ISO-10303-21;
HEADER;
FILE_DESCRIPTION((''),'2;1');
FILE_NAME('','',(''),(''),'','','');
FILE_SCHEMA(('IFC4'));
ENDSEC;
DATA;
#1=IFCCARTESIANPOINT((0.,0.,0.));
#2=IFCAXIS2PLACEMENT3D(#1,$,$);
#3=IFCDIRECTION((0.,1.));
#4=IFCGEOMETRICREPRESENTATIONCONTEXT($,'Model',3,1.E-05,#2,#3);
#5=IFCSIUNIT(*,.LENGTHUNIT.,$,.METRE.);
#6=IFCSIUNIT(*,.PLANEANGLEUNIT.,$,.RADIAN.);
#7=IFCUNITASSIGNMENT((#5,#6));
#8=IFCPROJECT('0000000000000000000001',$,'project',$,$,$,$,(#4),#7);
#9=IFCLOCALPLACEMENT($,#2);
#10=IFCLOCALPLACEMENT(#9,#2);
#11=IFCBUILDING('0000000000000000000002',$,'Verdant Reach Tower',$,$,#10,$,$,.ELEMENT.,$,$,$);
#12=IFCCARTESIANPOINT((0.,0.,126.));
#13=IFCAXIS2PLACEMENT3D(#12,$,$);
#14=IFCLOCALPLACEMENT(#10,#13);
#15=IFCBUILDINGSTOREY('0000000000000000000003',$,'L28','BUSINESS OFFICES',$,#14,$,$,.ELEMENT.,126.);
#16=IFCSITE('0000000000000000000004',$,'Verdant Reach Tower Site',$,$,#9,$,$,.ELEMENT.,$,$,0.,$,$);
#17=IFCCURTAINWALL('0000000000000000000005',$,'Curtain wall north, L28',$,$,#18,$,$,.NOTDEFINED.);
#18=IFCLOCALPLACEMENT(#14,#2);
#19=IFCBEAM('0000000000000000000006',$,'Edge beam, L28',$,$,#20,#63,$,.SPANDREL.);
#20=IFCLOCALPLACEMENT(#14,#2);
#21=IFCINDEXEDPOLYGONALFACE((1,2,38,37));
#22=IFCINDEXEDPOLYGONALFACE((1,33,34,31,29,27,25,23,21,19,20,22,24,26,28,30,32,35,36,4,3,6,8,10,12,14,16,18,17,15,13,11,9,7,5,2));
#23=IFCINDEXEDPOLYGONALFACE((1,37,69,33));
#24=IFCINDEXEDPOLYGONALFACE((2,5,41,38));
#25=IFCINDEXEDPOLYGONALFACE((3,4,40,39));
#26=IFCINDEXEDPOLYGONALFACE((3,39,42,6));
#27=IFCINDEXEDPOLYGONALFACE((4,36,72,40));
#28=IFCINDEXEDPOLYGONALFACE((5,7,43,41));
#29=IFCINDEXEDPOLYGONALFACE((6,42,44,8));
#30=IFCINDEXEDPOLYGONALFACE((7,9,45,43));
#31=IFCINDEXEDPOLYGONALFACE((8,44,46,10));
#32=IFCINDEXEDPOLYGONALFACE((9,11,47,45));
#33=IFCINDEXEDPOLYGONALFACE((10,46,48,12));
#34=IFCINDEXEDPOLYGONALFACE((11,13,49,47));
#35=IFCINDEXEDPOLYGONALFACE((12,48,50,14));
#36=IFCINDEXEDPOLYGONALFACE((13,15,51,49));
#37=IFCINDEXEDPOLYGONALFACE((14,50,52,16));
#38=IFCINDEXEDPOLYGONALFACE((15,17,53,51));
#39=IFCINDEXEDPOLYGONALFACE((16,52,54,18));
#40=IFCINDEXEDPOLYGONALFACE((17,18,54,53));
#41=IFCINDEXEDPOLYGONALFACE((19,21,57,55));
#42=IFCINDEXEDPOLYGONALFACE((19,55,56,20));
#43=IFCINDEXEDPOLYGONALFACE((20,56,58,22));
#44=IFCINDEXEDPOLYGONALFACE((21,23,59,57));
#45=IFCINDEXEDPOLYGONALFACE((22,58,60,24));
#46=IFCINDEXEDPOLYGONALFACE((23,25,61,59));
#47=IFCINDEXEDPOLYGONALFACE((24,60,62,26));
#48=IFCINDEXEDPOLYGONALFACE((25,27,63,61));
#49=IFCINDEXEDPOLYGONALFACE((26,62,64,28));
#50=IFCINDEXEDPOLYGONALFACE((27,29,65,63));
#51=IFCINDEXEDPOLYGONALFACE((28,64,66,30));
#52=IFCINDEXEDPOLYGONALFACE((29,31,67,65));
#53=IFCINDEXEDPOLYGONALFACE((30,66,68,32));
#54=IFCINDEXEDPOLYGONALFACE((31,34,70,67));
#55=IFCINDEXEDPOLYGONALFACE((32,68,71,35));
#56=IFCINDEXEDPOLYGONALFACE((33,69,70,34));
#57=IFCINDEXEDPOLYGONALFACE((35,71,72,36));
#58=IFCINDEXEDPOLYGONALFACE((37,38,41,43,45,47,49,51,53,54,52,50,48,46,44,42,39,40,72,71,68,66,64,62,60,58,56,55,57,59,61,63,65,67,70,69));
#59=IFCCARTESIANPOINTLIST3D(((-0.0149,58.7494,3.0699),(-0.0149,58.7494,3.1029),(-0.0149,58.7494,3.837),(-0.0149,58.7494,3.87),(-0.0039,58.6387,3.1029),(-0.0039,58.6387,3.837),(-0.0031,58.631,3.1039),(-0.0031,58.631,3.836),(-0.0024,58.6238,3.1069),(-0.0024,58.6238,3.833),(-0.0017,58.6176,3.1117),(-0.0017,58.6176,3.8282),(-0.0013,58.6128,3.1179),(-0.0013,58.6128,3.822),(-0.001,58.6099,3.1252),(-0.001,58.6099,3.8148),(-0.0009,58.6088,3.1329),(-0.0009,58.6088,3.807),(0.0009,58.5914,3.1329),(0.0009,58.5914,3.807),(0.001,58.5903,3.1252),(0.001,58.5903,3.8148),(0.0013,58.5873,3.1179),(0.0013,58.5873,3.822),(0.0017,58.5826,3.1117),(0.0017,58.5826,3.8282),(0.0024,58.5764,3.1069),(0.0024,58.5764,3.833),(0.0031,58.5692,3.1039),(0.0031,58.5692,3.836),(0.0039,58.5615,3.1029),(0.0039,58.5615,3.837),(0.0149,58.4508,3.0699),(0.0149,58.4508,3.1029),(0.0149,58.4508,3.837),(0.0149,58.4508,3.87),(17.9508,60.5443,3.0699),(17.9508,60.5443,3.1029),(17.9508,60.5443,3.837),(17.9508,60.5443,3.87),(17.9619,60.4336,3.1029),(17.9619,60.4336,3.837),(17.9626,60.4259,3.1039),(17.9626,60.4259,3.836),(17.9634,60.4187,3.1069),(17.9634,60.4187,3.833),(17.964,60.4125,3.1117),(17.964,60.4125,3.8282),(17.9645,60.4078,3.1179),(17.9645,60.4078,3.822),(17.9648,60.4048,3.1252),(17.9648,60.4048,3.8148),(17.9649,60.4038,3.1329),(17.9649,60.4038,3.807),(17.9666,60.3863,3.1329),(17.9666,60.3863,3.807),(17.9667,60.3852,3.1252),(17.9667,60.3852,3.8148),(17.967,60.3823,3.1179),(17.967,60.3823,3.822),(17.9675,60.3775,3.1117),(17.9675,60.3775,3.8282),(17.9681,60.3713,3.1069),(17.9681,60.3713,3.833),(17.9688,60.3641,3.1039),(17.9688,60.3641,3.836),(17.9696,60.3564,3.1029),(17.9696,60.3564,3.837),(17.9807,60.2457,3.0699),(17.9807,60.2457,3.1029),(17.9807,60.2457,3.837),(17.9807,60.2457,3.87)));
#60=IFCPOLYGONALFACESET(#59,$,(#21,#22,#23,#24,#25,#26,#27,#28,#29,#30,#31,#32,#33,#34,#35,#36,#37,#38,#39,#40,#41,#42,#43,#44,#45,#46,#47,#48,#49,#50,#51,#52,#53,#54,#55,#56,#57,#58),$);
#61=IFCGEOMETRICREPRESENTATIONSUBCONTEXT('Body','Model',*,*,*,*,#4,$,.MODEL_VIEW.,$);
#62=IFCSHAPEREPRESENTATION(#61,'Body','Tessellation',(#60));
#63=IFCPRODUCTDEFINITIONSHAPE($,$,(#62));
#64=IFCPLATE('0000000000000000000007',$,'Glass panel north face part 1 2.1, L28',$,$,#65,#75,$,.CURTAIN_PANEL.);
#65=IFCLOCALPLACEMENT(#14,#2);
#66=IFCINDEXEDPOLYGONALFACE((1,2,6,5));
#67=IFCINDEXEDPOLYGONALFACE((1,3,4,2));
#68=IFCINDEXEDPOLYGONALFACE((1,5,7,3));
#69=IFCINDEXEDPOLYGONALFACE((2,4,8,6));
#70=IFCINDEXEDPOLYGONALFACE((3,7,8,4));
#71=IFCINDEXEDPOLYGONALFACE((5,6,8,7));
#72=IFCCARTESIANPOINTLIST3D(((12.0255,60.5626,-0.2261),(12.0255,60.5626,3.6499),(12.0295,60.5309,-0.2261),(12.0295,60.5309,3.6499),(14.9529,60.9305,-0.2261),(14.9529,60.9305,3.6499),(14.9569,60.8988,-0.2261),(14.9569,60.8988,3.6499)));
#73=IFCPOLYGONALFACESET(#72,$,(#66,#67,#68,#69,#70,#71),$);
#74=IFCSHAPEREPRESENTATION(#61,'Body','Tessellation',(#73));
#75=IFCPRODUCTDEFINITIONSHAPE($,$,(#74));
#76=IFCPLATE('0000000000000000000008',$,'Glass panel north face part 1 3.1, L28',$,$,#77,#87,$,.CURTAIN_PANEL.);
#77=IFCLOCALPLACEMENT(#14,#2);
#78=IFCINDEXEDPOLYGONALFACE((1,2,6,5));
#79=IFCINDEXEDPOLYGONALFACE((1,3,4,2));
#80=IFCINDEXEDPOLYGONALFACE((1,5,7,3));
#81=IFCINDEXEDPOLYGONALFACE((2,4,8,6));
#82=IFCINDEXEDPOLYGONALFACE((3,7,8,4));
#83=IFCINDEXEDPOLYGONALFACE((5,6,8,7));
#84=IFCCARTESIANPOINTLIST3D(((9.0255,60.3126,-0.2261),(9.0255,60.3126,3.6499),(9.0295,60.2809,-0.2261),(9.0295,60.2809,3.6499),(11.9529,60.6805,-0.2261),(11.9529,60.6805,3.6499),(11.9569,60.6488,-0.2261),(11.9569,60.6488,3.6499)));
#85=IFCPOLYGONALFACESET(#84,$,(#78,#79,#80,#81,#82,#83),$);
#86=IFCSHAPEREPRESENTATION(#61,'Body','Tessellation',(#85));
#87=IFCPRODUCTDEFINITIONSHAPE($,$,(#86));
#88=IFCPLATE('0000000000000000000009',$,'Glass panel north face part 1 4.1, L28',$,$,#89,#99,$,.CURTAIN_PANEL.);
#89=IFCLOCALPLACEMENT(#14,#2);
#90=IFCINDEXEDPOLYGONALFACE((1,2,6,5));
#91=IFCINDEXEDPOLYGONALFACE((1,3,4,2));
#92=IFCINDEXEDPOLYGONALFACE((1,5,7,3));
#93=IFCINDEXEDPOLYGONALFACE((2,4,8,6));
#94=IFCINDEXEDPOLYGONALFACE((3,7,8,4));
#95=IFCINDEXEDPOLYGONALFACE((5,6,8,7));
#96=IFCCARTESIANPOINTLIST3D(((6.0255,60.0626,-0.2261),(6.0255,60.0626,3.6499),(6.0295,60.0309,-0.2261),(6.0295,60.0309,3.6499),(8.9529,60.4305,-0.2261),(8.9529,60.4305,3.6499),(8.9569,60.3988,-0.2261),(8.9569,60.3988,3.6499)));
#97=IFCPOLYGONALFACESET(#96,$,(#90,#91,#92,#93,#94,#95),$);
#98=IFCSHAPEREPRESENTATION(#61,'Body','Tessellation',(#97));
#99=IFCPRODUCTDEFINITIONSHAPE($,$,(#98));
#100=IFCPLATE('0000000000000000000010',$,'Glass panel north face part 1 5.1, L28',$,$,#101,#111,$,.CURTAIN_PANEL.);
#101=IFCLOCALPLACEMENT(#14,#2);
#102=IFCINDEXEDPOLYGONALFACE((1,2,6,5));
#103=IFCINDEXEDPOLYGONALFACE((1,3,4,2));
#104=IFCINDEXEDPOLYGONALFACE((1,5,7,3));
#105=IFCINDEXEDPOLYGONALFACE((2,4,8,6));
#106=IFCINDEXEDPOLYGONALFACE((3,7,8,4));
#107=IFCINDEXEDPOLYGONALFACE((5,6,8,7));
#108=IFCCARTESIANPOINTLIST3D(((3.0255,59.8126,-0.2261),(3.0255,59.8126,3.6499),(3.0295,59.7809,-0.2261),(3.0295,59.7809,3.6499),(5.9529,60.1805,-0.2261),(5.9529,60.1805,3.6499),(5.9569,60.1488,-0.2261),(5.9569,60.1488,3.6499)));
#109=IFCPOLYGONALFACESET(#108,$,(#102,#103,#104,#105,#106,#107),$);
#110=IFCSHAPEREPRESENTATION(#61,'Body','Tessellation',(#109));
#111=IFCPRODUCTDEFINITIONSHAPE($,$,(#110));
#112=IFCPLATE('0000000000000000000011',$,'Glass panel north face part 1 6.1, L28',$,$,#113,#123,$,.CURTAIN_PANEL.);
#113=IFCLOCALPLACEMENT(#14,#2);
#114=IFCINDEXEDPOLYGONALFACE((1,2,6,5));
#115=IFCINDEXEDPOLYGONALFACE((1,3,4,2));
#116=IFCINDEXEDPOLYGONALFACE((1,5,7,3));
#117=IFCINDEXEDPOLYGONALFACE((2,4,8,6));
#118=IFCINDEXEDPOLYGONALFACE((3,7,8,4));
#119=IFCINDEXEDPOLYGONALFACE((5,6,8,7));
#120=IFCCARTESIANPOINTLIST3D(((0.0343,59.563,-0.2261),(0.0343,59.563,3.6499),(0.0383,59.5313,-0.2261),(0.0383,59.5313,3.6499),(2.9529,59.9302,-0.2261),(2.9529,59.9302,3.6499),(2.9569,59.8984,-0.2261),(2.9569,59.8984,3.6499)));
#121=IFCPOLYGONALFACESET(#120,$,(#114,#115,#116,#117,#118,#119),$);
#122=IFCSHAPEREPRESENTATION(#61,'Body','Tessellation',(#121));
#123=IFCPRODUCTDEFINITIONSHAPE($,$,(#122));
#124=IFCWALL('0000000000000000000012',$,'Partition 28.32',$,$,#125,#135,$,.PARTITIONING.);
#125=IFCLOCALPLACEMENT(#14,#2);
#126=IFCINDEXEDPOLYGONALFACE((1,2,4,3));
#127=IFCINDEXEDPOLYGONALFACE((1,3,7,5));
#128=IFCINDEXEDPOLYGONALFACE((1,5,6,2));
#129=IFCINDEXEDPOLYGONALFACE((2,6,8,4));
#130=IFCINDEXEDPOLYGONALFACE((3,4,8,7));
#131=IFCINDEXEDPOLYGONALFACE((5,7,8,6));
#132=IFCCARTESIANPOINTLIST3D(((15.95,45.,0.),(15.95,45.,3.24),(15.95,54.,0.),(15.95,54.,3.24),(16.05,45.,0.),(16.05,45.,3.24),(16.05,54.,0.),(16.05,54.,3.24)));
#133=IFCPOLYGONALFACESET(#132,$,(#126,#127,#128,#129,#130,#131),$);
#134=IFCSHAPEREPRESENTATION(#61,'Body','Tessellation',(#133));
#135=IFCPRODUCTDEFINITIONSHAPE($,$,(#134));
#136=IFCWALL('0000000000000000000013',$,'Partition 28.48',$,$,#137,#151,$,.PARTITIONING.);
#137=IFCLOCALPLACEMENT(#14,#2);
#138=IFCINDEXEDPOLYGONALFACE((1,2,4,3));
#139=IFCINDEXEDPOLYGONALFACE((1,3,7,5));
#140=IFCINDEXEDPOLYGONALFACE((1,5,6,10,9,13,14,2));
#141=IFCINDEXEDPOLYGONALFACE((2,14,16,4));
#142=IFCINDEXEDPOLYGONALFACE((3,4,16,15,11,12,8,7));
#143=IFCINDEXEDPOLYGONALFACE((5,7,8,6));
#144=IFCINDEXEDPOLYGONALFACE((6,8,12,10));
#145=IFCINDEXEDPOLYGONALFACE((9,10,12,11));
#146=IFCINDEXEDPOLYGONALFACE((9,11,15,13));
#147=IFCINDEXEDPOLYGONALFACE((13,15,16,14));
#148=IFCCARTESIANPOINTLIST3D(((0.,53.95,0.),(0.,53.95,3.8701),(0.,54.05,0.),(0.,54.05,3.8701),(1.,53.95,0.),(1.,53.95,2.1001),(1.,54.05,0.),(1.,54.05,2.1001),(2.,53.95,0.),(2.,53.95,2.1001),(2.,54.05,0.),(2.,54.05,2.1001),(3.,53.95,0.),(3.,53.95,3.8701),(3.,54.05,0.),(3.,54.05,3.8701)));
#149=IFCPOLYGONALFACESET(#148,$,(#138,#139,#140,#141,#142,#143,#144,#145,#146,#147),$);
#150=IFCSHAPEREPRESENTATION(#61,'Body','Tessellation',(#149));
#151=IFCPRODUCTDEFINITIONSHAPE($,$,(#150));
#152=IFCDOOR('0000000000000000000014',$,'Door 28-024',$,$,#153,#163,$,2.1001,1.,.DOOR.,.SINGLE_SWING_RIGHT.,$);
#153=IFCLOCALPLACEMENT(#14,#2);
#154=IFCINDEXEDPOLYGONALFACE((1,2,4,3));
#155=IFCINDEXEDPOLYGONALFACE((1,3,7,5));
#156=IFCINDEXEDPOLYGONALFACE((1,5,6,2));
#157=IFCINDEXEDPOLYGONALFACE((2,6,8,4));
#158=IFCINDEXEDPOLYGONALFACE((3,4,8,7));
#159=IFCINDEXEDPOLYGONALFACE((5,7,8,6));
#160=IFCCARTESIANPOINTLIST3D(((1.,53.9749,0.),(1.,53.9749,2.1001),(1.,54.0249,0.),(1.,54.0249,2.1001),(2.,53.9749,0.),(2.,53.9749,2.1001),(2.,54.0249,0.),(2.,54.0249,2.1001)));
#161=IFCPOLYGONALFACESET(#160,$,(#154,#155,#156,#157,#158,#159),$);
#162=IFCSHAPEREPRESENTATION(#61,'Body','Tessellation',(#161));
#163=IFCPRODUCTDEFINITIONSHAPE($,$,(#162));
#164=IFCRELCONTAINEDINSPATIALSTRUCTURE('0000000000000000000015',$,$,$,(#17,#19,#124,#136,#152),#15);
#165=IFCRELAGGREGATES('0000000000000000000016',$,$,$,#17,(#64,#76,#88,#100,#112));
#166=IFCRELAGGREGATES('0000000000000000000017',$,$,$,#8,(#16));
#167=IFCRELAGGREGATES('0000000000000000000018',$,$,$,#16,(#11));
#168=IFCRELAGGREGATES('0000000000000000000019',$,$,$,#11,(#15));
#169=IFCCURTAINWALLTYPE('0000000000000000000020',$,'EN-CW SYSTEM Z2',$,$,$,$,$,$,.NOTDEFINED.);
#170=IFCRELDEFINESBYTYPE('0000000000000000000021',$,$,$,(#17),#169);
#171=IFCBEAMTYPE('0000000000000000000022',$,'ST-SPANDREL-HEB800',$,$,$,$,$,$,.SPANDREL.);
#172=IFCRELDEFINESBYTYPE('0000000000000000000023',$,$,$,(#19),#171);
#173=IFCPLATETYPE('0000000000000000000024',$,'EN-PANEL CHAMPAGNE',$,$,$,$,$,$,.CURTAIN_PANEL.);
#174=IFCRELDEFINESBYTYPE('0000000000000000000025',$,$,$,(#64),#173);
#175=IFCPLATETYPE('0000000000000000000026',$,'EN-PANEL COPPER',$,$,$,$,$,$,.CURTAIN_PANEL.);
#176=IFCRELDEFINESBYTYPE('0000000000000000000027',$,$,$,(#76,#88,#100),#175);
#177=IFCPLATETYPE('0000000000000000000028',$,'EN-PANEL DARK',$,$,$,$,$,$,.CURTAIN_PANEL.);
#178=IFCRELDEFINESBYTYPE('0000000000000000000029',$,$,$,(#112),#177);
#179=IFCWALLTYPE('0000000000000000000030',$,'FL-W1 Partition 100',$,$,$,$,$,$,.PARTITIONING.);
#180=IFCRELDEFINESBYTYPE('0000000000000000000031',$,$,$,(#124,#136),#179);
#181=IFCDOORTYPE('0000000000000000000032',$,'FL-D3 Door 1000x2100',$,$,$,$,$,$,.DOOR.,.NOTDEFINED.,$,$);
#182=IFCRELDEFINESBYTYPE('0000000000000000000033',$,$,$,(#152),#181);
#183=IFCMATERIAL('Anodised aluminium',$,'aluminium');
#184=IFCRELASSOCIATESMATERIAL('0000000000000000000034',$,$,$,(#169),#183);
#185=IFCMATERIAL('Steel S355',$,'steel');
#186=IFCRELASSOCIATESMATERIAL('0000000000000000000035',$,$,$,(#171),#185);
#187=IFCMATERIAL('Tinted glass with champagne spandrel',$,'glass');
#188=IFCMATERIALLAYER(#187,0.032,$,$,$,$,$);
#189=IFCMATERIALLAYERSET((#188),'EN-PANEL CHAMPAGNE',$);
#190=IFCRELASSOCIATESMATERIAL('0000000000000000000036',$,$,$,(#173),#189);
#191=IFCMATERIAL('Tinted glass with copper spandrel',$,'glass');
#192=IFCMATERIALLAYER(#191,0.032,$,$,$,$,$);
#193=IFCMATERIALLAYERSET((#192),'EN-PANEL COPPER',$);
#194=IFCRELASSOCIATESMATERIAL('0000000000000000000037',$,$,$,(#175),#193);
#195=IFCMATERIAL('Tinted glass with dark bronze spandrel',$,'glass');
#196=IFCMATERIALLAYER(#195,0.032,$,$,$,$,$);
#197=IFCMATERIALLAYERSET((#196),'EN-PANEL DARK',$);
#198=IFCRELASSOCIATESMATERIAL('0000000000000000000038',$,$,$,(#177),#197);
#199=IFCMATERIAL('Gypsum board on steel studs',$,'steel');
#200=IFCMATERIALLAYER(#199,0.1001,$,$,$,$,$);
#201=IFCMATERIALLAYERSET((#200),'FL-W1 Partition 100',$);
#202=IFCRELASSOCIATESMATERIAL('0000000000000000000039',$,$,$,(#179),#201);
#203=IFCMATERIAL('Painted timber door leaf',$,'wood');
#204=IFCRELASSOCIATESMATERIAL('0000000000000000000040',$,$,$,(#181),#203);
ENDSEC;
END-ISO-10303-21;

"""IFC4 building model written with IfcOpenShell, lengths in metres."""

from ifc_helpers import new_model, si_unit, direction, frame, frame_2d, origin, origin_2d, place, context, subcontext, project, spatial, rectangle, i_section, extrude, material, layer, layer_set, material_profile, profile_set, type_object, element, fill, aggregate, save


model = new_model("IFC4")

# Units and contexts
model_context = context("Model", 3, precision=1e-05, world=origin(), true_north=direction((0.0, 1.0)))
body_context = subcontext(model_context, "Body", "Model", "MODEL_VIEW")
ifc_project = project(units=[si_unit("LENGTHUNIT", "METRE"), si_unit("PLANEANGLEUNIT", "RADIAN")], contexts=[model_context])

# Site, building, storey
site_placement = place(None, origin())
site = spatial("IfcSite", under=ifc_project, at=site_placement, Name="Verdant Reach Tower Site", CompositionType="ELEMENT", RefElevation=0.0)
building_placement = place(site_placement, origin())
building = spatial("IfcBuilding", under=site, at=building_placement, Name="Verdant Reach Tower", CompositionType="ELEMENT")
storey_placement = place(building_placement, frame((0.0, 0.0, 126.0)))
storey = spatial("IfcBuildingStorey", under=building, at=storey_placement, Name="L28", Description="BUSINESS OFFICES", CompositionType="ELEMENT", Elevation=126.0)

# Curtain wall
ifc_material_1 = material(Name="Anodised aluminium", Category="aluminium")
curtain_wall_type = type_object("IfcCurtainWallType", Name="EN-CW SYSTEM Z2", PredefinedType="NOTDEFINED", material=ifc_material_1)
curtain_wall_placement = place(storey_placement, origin())
curtain_wall = element("IfcCurtainWall", 1, at=curtain_wall_placement, inside=storey, type_object=curtain_wall_type, Name="Curtain wall north, L28", PredefinedType="NOTDEFINED")

# Beam
ifc_material_2 = material(Name="Steel S355", Category="steel")
ifc_material_profile_1 = material_profile(ifc_material_2, i_section(OverallWidth=0.3, OverallDepth=0.8, WebThickness=0.0176, FlangeThickness=0.033, FilletRadius=0.03, at=origin_2d()), Name="HEB 800")
ifc_profile_set_1 = profile_set([ifc_material_profile_1], Name="Steel S355")
beam_type_1 = type_object("IfcBeamType", Name="ST-SPANDREL-HEB800", PredefinedType="SPANDREL", material=ifc_profile_set_1)
beam_1_placement = place(storey_placement, frame((0.0, 58.6001, 3.47), z_axis=(0.995046, 0.099413, 0.0), x_axis=(-0.099413, 0.995046, 0.0)))
element("IfcBeam", 2, at=beam_1_placement, inside=storey, type_object=beam_type_1, Name="Edge beam, L28", PredefinedType="SPANDREL", context=body_context, shape_type="SweptSolid", body=[
    extrude(i_section(OverallWidth=0.3, OverallDepth=0.8, WebThickness=0.0176, FlangeThickness=0.033, FilletRadius=0.03, at=origin_2d()), origin(), (0.0, 0.0, 1.0), 18.0552),
])

# Plates
ifc_material_3 = material(Name="Tinted glass with champagne spandrel", Category="glass")
ifc_layer_1 = layer(ifc_material_3, 0.032)
ifc_layer_set_1 = layer_set([ifc_layer_1], Name="EN-PANEL CHAMPAGNE")
plate_type_1 = type_object("IfcPlateType", Name="EN-PANEL CHAMPAGNE", PredefinedType="CURTAIN_PANEL", material=ifc_layer_set_1)
plate_1_placement = place(storey_placement, frame((13.4912, 60.7307, -0.2261), z_axis=(0.0, 0.0, 1.0), x_axis=(-0.992194, -0.124704, 0.0)))
plate_1 = element("IfcPlate", 3, at=plate_1_placement, type_object=plate_type_1, Name="Glass panel north face part 1 2.1, L28", PredefinedType="CURTAIN_PANEL", context=body_context, shape_type="SweptSolid", body=[
    extrude(rectangle(XDim=2.9504, YDim=0.032, at=origin_2d()), origin(), (0.0, 0.0, 1.0), 3.876),
])
ifc_material_4 = material(Name="Tinted glass with copper spandrel", Category="glass")
ifc_layer_2 = layer(ifc_material_4, 0.032)
ifc_layer_set_2 = layer_set([ifc_layer_2], Name="EN-PANEL COPPER")
plate_type_2 = type_object("IfcPlateType", Name="EN-PANEL COPPER", PredefinedType="CURTAIN_PANEL", material=ifc_layer_set_2)
plate_2_placement = place(storey_placement, frame((10.4912, 60.4807, -0.2261), z_axis=(0.0, 0.0, 1.0), x_axis=(-0.992194, -0.124704, 0.0)))
plate_2 = element("IfcPlate", 4, at=plate_2_placement, type_object=plate_type_2, Name="Glass panel north face part 1 3.1, L28", PredefinedType="CURTAIN_PANEL", context=body_context, shape_type="SweptSolid", body=[
    extrude(rectangle(XDim=2.9504, YDim=0.032, at=origin_2d()), origin(), (0.0, 0.0, 1.0), 3.876),
])
plate_3_placement = place(storey_placement, frame((7.4912, 60.2307, -0.2261), z_axis=(0.0, 0.0, 1.0), x_axis=(-0.992194, -0.124704, 0.0)))
plate_3 = element("IfcPlate", 5, at=plate_3_placement, type_object=plate_type_2, Name="Glass panel north face part 1 4.1, L28", PredefinedType="CURTAIN_PANEL", context=body_context, shape_type="SweptSolid", body=[
    extrude(rectangle(XDim=2.9504, YDim=0.032, at=origin_2d()), origin(), (0.0, 0.0, 1.0), 3.876),
])
plate_4_placement = place(storey_placement, frame((4.4912, 59.9807, -0.2261), z_axis=(0.0, 0.0, 1.0), x_axis=(-0.992194, -0.124704, 0.0)))
plate_4 = element("IfcPlate", 6, at=plate_4_placement, type_object=plate_type_2, Name="Glass panel north face part 1 5.1, L28", PredefinedType="CURTAIN_PANEL", context=body_context, shape_type="SweptSolid", body=[
    extrude(rectangle(XDim=2.9504, YDim=0.032, at=origin_2d()), origin(), (0.0, 0.0, 1.0), 3.876),
])
ifc_material_5 = material(Name="Tinted glass with dark bronze spandrel", Category="glass")
ifc_layer_3 = layer(ifc_material_5, 0.032)
ifc_layer_set_3 = layer_set([ifc_layer_3], Name="EN-PANEL DARK")
plate_type_3 = type_object("IfcPlateType", Name="EN-PANEL DARK", PredefinedType="CURTAIN_PANEL", material=ifc_layer_set_3)
plate_5_placement = place(storey_placement, frame((1.4956, 59.7307, -0.2261), z_axis=(0.0, 0.0, 1.0), x_axis=(-0.992179, -0.124825, 0.0)))
plate_5 = element("IfcPlate", 7, at=plate_5_placement, type_object=plate_type_3, Name="Glass panel north face part 1 6.1, L28", PredefinedType="CURTAIN_PANEL", context=body_context, shape_type="SweptSolid", body=[
    extrude(rectangle(XDim=2.9417, YDim=0.032, at=origin_2d()), origin(), (0.0, 0.0, 1.0), 3.876),
])
aggregate(curtain_wall, [plate_1, plate_2, plate_3, plate_4, plate_5])

# Wall
ifc_material_6 = material(Name="Gypsum board on steel studs", Category="steel")
ifc_layer_4 = layer(ifc_material_6, 0.1001)
ifc_layer_set_4 = layer_set([ifc_layer_4], Name="FL-W1 Partition 100")
wall_type = type_object("IfcWallType", Name="FL-W1 Partition 100", PredefinedType="PARTITIONING", material=ifc_layer_set_4)
wall_1_placement = place(storey_placement, frame((16.0, 54.0, 0.0), z_axis=(0.0, 0.0, 1.0), x_axis=(0.0, -1.0, 0.0)))
element("IfcWall", 8, at=wall_1_placement, inside=storey, type_object=wall_type, Name="Partition 28.32", PredefinedType="PARTITIONING", context=body_context, shape_type="SweptSolid", body=[
    extrude(rectangle(XDim=9.0, YDim=0.1001, at=frame_2d((4.5, 0.0))), origin(), (0.0, 0.0, 1.0), 3.24),
])

# Wall, opening, door
wall_2_placement = place(storey_placement, frame((0.0, 54.0, 0.0), z_axis=(0.0, 0.0, 1.0), x_axis=(1.0, 0.0, 0.0)))
wall_2 = element("IfcWall", 9, at=wall_2_placement, inside=storey, type_object=wall_type, Name="Partition 28.48", PredefinedType="PARTITIONING", context=body_context, shape_type="SweptSolid", body=[
    extrude(rectangle(XDim=3.0, YDim=0.1001, at=frame_2d((1.5, 0.0))), origin(), (0.0, 0.0, 1.0), 3.8701),
])
opening_1_placement = place(wall_2_placement, frame((1.0, 0.0, 0.0)))
opening_1 = element("IfcOpeningElement", 10, at=opening_1_placement, cuts=wall_2, PredefinedType="OPENING", context=body_context, shape_type="SweptSolid", body=[
    extrude(rectangle(XDim=1.0, YDim=2.1001, at=frame_2d((0.5, 1.05))), frame((0.0, 0.0601, 0.0), z_axis=(0.0, -1.0, 0.0), x_axis=(1.0, 0.0, 0.0)), (0.0, 0.0, 1.0), 0.1201),
])
ifc_material_7 = material(Name="Painted timber door leaf", Category="wood")
door_type = type_object("IfcDoorType", Name="FL-D3 Door 1000x2100", OperationType="NOTDEFINED", PredefinedType="DOOR", material=ifc_material_7)
door_1_placement = place(opening_1_placement, origin())
door_1 = element("IfcDoor", 11, at=door_1_placement, inside=storey, type_object=door_type, Name="Door 28-024", OperationType="SINGLE_SWING_RIGHT", OverallHeight=2.1001, OverallWidth=1.0, PredefinedType="DOOR", context=body_context, shape_type="SweptSolid", body=[
    extrude(rectangle(XDim=1.0, YDim=2.1001, at=frame_2d((0.5, 1.05))), frame((0.0, 0.0249, 0.0), z_axis=(0.0, -1.0, 0.0), x_axis=(1.0, 0.0, 0.0)), (0.0, 0.0, 1.0), 0.05),
])
fill(opening_1, door_1)

save(model, "model.ifc")
